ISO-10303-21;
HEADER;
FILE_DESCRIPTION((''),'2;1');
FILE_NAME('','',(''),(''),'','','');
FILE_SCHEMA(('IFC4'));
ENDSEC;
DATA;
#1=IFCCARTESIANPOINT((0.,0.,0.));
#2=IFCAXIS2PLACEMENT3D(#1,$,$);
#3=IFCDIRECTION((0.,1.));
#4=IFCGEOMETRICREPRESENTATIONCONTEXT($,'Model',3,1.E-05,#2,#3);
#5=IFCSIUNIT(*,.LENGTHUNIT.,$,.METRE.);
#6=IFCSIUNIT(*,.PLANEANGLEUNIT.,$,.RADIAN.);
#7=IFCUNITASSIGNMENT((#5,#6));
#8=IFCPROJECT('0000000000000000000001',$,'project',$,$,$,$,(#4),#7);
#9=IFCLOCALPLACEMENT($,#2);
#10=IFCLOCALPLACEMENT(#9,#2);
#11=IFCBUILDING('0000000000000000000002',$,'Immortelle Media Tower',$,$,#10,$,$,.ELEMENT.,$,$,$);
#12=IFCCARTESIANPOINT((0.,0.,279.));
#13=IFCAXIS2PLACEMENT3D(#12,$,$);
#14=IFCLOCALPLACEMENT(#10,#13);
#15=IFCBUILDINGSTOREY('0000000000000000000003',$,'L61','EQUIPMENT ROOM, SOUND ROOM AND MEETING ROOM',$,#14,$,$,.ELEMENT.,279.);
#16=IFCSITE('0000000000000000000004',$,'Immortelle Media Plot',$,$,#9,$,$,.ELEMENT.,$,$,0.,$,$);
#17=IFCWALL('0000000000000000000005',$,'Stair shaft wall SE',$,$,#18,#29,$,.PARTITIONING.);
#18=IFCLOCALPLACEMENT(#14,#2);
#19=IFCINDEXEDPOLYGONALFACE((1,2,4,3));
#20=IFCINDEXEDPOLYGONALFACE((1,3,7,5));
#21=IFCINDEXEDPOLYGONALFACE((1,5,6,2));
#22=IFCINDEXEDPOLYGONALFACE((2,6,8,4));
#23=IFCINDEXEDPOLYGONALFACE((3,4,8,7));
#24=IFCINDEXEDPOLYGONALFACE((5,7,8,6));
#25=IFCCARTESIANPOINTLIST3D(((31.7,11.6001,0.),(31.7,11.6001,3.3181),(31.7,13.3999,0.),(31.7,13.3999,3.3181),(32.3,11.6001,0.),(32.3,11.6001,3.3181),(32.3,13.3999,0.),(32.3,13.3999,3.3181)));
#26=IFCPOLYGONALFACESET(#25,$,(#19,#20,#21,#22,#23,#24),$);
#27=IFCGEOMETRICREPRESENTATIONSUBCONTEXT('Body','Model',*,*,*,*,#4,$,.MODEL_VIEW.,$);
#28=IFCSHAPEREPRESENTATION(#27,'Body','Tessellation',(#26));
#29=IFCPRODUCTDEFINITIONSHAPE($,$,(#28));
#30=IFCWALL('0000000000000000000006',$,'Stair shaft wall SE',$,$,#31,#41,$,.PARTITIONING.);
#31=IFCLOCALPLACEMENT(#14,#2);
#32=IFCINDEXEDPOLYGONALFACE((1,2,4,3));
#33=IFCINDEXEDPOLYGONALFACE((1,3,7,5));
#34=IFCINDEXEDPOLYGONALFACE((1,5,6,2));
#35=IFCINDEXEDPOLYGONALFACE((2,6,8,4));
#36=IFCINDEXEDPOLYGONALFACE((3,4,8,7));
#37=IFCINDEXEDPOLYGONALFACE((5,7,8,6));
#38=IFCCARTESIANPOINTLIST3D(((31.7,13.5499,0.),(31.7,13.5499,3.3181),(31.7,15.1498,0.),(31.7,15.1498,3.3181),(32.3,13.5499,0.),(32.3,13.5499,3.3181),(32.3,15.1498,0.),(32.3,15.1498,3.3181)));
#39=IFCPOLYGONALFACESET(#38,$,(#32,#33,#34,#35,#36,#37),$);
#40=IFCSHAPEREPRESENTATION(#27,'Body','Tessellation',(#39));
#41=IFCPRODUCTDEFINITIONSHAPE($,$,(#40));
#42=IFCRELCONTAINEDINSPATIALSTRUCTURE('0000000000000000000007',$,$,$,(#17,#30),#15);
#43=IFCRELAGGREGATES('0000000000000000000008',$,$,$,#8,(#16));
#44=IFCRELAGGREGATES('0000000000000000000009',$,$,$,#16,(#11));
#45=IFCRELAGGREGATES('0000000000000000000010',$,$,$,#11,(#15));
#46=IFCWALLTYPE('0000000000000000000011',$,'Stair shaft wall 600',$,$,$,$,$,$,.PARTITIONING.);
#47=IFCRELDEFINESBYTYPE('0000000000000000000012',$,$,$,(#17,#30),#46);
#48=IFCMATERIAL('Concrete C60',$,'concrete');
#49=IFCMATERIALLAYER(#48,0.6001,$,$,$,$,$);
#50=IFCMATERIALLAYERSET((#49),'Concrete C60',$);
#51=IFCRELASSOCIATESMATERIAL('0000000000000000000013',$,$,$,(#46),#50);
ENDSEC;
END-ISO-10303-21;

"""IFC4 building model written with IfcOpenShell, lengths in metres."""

from ifc_helpers import new_model, si_unit, direction, frame, frame_2d, origin, place, context, subcontext, project, spatial, rectangle, extrude, material, layer, layer_set, type_object, element, save


model = new_model("IFC4")

# Units and contexts
model_context = context("Model", 3, precision=1e-05, world=origin(), true_north=direction((0.0, 1.0)))
body_context = subcontext(model_context, "Body", "Model", "MODEL_VIEW")
ifc_project = project(units=[si_unit("LENGTHUNIT", "METRE"), si_unit("PLANEANGLEUNIT", "RADIAN")], contexts=[model_context])

# Site, building, storey
site_placement = place(None, origin())
site = spatial("IfcSite", under=ifc_project, at=site_placement, Name="Immortelle Media Plot", CompositionType="ELEMENT", RefElevation=0.0)
building_placement = place(site_placement, origin())
building = spatial("IfcBuilding", under=site, at=building_placement, Name="Immortelle Media Tower", CompositionType="ELEMENT")
storey_placement = place(building_placement, frame((0.0, 0.0, 279.0)))
storey = spatial("IfcBuildingStorey", under=building, at=storey_placement, Name="L61", Description="EQUIPMENT ROOM, SOUND ROOM AND MEETING ROOM", CompositionType="ELEMENT", Elevation=279.0)

# Shared definitions
ifc_material_1 = material(Name="Concrete C60", Category="concrete")

# Walls
ifc_layer_1 = layer(ifc_material_1, 0.6001)
ifc_layer_set_1 = layer_set([ifc_layer_1], Name="Concrete C60")
wall_type_1 = type_object("IfcWallType", Name="Stair shaft wall 600", PredefinedType="PARTITIONING", material=ifc_layer_set_1)
wall_1_placement = place(storey_placement, frame((32.0, 11.6001, 0.0), z_axis=(0.0, 0.0, 1.0), x_axis=(0.0, 1.0, 0.0)))
element("IfcWall", 1, at=wall_1_placement, inside=storey, type_object=wall_type_1, Name="Stair shaft wall SE", PredefinedType="PARTITIONING", context=body_context, shape_type="SweptSolid", body=[
    extrude(rectangle(XDim=1.7998, YDim=0.6001, at=frame_2d((0.8999, 0.0))), origin(), (0.0, 0.0, 1.0), 3.3181),
])
wall_2_placement = place(storey_placement, frame((32.0, 13.55, 0.0), z_axis=(0.0, 0.0, 1.0), x_axis=(0.0, 1.0, 0.0)))
element("IfcWall", 2, at=wall_2_placement, inside=storey, type_object=wall_type_1, Name="Stair shaft wall SE", PredefinedType="PARTITIONING", context=body_context, shape_type="SweptSolid", body=[
    extrude(rectangle(XDim=1.5999, YDim=0.6001, at=frame_2d((0.7998, 0.0))), origin(), (0.0, 0.0, 1.0), 3.3181),
])

save(model, "model.ifc")
